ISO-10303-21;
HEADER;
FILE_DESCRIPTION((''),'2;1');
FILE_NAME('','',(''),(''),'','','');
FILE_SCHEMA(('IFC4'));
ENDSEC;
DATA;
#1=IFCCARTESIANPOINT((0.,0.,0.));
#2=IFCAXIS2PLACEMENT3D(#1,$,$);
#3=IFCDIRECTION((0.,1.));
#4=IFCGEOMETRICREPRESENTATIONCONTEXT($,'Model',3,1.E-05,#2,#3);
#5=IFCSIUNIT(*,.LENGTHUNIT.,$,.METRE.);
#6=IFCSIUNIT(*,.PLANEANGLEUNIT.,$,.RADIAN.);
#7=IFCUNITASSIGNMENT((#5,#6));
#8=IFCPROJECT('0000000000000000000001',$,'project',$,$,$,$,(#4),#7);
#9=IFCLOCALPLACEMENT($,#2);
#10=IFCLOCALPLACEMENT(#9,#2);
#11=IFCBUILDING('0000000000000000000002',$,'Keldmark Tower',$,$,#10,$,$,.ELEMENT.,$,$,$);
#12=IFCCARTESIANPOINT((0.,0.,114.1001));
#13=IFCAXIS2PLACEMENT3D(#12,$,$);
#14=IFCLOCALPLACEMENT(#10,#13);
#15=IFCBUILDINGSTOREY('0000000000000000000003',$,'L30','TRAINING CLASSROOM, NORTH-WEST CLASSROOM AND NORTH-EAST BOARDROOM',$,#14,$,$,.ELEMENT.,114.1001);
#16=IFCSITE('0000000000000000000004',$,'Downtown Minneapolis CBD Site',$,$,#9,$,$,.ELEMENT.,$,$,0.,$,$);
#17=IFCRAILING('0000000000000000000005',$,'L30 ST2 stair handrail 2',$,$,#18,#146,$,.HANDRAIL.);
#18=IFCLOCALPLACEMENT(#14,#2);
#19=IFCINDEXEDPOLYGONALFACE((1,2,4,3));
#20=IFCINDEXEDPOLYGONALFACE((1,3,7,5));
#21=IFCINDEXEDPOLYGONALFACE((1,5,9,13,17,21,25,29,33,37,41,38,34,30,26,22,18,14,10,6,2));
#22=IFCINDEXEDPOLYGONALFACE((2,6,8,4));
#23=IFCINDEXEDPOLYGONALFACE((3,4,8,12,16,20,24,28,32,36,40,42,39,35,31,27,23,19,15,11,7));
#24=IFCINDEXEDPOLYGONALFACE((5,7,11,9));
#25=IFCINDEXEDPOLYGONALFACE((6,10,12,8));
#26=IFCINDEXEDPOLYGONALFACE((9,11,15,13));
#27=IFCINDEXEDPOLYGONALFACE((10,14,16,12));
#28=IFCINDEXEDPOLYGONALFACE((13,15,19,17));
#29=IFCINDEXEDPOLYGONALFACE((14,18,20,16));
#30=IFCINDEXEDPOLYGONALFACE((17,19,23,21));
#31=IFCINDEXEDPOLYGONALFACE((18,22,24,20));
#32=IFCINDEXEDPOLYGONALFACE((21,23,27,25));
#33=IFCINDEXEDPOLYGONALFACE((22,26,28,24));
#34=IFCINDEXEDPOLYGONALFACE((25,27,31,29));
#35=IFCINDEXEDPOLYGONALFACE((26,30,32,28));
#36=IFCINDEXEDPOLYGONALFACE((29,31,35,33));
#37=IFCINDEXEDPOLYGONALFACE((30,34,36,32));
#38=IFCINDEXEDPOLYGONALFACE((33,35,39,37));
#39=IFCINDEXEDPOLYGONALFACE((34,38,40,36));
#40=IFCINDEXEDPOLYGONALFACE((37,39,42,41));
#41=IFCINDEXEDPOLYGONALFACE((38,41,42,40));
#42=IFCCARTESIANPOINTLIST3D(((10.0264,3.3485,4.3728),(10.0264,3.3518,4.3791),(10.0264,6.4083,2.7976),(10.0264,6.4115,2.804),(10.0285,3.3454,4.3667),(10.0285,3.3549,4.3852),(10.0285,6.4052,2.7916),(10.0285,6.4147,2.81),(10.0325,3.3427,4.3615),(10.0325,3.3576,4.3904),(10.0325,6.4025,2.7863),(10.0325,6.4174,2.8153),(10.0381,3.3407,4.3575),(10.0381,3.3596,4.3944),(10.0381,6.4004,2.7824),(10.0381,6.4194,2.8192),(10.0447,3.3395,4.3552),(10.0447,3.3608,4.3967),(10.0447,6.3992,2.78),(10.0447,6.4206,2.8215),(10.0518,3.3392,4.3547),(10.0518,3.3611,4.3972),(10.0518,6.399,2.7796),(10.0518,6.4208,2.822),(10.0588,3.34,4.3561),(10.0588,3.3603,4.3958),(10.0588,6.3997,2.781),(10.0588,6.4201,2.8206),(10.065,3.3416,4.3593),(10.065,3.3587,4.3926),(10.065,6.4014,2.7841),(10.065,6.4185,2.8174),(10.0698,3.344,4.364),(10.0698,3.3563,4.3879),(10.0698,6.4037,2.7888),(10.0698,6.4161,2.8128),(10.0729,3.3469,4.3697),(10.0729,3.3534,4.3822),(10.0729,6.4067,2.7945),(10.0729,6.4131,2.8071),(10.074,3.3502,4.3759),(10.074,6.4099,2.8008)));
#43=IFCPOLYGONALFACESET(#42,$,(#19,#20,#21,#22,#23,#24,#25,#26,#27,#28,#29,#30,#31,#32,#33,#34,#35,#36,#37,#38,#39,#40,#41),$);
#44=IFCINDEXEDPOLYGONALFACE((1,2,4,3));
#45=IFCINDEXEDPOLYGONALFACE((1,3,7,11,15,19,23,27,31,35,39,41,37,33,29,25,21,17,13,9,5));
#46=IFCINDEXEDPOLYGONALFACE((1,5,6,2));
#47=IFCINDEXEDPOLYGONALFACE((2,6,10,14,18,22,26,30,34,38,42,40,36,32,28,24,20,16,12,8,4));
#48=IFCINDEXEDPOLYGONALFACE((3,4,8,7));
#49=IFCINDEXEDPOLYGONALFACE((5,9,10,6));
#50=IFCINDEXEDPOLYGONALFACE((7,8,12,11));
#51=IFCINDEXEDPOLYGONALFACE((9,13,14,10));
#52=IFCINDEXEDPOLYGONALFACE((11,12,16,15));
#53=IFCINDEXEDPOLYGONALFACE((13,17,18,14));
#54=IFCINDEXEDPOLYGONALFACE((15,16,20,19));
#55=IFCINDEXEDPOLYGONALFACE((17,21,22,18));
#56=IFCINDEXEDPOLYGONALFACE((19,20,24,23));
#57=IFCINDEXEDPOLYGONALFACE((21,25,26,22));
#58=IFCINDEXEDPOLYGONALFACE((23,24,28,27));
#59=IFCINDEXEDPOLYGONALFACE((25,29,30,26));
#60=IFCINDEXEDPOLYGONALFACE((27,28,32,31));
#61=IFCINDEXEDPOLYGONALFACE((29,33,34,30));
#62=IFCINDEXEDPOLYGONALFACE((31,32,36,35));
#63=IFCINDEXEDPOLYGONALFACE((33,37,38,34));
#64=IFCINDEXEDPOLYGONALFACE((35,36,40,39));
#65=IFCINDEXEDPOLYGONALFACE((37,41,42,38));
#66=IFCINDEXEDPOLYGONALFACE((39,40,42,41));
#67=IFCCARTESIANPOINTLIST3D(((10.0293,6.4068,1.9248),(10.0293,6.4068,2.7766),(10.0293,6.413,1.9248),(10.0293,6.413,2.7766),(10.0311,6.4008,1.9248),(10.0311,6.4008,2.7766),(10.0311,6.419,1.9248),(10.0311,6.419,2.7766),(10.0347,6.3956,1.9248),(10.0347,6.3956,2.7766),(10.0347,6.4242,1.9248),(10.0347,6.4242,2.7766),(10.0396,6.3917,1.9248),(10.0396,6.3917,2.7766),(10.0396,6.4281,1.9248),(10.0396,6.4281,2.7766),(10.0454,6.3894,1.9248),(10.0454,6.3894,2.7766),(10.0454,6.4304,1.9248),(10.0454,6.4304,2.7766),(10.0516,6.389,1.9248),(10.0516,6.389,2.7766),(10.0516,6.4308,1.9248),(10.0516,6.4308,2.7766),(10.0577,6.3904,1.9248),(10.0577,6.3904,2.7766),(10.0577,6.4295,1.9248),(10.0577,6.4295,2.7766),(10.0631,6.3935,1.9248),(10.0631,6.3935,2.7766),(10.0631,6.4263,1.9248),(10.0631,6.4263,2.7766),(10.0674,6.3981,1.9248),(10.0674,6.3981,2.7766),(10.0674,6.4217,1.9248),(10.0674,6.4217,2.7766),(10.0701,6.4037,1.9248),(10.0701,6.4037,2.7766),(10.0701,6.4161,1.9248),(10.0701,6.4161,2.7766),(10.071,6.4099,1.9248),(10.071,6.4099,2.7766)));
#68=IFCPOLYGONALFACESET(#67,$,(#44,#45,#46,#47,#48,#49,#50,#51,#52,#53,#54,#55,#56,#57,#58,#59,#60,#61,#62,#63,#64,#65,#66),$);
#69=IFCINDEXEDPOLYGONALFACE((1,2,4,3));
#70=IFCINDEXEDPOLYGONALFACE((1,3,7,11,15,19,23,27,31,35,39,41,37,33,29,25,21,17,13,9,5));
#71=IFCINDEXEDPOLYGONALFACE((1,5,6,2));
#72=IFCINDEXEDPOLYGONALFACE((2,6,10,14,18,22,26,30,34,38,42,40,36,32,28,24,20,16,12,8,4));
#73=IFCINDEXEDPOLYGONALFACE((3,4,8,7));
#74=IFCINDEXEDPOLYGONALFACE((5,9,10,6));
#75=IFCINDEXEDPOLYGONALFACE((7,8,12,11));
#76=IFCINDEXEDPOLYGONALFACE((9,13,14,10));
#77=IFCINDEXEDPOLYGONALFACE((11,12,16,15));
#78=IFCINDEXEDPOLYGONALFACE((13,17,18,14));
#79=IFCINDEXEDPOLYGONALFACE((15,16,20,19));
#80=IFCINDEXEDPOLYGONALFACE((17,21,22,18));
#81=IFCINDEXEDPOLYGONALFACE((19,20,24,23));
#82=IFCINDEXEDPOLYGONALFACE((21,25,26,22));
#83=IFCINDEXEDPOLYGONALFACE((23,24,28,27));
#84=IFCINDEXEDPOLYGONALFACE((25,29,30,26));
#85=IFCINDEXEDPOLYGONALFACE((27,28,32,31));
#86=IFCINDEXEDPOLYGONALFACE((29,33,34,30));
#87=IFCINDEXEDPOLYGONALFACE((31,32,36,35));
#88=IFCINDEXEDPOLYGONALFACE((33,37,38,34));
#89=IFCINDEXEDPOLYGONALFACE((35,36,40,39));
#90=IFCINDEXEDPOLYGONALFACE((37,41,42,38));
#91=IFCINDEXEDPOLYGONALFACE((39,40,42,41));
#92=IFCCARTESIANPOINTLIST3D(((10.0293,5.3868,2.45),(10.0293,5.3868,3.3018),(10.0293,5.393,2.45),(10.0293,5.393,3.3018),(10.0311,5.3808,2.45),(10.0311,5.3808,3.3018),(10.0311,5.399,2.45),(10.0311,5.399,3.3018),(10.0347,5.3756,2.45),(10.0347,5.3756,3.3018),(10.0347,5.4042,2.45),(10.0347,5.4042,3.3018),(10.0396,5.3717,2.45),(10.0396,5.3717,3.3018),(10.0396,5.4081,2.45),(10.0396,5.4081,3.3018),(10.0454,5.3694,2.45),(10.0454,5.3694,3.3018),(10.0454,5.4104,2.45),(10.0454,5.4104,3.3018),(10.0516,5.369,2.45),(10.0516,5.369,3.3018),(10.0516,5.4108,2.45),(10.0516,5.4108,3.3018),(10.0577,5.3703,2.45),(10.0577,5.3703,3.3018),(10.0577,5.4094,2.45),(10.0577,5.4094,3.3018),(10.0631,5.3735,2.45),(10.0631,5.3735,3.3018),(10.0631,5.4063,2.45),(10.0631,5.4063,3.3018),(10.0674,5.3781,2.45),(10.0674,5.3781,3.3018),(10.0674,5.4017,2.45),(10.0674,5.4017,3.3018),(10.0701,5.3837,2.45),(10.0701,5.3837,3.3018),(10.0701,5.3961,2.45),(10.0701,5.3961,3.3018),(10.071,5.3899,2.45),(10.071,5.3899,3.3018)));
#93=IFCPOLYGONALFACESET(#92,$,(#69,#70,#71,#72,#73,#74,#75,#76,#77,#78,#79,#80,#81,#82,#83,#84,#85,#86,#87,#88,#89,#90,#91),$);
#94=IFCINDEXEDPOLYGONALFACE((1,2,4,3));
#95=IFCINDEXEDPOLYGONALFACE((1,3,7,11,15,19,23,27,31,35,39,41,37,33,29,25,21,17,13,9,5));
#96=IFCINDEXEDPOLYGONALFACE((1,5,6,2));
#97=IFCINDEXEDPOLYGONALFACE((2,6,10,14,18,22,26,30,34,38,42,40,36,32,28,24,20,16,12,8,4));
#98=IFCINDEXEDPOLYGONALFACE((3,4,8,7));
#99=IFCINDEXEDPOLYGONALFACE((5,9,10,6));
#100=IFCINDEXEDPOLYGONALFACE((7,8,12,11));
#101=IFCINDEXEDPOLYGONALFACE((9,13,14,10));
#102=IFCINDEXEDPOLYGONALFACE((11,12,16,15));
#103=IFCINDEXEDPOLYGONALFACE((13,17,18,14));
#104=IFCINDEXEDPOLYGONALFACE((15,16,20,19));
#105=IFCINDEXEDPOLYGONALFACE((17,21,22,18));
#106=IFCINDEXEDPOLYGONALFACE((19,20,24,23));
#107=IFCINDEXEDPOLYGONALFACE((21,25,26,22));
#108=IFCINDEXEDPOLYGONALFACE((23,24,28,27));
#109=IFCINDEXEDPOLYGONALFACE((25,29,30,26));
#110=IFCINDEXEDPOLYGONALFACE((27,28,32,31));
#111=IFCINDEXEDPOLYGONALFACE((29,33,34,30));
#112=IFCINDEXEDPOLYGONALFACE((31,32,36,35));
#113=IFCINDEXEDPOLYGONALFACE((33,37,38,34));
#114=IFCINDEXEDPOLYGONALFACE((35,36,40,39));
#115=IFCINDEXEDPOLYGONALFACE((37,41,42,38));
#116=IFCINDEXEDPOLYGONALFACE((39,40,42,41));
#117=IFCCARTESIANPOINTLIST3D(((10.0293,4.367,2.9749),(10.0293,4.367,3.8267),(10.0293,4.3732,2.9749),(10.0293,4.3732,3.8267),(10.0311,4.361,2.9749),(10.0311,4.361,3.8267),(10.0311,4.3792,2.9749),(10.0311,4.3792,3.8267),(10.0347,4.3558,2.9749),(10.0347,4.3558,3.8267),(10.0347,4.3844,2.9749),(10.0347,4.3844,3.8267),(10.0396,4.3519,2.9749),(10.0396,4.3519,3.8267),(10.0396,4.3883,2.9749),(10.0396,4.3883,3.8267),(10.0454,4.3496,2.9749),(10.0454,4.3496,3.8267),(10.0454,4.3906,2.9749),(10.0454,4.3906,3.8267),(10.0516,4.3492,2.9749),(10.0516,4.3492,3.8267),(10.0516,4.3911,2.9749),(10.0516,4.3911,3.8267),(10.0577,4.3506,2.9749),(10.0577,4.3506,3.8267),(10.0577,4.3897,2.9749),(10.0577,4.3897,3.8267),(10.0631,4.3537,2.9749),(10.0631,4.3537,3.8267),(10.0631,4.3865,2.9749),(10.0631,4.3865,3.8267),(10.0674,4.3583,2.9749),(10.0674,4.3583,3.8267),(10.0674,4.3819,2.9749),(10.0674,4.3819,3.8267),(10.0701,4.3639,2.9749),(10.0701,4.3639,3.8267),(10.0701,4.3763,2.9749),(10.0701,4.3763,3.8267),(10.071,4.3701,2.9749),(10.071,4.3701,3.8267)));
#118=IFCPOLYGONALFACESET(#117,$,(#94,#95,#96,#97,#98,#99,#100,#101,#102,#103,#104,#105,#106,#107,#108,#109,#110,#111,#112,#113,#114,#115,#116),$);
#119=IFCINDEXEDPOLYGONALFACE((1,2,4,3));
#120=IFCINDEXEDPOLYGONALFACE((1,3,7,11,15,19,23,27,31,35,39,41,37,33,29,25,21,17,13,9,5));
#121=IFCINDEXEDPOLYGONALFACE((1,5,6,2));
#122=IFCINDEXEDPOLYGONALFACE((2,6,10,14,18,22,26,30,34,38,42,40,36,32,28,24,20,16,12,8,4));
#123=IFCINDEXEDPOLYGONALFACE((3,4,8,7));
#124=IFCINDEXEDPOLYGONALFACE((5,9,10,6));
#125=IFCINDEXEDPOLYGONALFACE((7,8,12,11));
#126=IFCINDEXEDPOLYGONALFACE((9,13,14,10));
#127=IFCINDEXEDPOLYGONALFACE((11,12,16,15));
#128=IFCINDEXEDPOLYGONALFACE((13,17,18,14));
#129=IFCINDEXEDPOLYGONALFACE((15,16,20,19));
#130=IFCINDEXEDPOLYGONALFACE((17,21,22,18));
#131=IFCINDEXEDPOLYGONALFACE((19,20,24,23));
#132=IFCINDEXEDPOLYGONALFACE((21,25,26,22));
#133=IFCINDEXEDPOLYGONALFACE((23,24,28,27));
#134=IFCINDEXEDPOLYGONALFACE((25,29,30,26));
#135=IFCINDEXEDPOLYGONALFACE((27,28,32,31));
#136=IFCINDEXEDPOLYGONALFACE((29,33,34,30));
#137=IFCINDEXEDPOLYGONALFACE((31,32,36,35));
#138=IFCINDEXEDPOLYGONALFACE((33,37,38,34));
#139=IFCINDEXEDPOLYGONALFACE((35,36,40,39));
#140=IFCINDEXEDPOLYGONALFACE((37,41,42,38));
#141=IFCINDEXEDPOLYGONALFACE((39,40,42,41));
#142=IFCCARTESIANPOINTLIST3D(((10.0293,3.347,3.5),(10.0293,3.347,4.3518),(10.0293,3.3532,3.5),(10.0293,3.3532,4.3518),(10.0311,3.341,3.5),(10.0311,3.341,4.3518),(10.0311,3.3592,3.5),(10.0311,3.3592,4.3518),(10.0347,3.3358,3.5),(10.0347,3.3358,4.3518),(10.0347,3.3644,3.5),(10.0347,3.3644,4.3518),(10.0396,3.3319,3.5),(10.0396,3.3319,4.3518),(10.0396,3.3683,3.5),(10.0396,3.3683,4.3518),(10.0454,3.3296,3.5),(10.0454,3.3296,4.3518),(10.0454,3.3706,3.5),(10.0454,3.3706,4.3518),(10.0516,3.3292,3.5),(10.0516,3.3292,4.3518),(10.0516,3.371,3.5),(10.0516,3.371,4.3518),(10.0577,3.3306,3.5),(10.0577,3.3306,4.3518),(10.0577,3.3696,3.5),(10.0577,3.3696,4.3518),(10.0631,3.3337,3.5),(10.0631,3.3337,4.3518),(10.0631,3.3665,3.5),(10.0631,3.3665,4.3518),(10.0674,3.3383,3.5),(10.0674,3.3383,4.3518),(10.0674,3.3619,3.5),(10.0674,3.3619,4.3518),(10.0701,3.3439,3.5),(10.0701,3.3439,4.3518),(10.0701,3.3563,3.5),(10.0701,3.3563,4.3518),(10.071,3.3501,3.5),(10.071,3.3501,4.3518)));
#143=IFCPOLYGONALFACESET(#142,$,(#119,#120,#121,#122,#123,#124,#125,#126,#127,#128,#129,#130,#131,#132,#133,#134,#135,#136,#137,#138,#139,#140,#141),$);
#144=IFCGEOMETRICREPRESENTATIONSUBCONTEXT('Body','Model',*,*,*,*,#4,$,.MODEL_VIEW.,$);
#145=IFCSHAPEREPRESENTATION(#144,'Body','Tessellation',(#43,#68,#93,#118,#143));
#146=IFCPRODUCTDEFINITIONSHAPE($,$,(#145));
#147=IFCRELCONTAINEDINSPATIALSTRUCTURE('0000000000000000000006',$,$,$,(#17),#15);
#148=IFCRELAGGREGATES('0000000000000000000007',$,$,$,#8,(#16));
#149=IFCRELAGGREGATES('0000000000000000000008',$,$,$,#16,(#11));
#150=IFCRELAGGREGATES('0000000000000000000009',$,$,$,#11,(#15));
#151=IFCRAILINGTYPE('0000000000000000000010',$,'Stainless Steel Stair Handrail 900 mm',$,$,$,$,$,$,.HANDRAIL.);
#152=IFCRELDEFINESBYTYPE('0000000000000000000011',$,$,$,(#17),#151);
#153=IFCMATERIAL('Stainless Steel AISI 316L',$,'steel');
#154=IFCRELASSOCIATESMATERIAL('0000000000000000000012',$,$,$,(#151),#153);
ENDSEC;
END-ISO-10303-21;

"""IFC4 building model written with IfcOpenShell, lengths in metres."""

from ifc_helpers import new_model, si_unit, direction, frame, origin, origin_2d, place, context, subcontext, project, spatial, circle, extrude, material, type_object, element, save


model = new_model("IFC4")

# Units and contexts
model_context = context("Model", 3, precision=1e-05, world=origin(), true_north=direction((0.0, 1.0)))
body_context = subcontext(model_context, "Body", "Model", "MODEL_VIEW")
ifc_project = project(units=[si_unit("LENGTHUNIT", "METRE"), si_unit("PLANEANGLEUNIT", "RADIAN")], contexts=[model_context])

# Site, building, storey
site_placement = place(None, origin())
site = spatial("IfcSite", under=ifc_project, at=site_placement, Name="Downtown Minneapolis CBD Site", CompositionType="ELEMENT", RefElevation=0.0)
building_placement = place(site_placement, origin())
building = spatial("IfcBuilding", under=site, at=building_placement, Name="Keldmark Tower", CompositionType="ELEMENT")
storey_placement = place(building_placement, frame((0.0, 0.0, 114.1001)))
storey = spatial("IfcBuildingStorey", under=building, at=storey_placement, Name="L30", Description="TRAINING CLASSROOM, NORTH-WEST CLASSROOM AND NORTH-EAST BOARDROOM", CompositionType="ELEMENT", Elevation=114.1001)

# Railing
ifc_material_1 = material(Name="Stainless Steel AISI 316L", Category="steel")
railing_type_1 = type_object("IfcRailingType", Name="Stainless Steel Stair Handrail 900 mm", PredefinedType="HANDRAIL", material=ifc_material_1)
railing_1_placement = place(storey_placement, frame((10.05, 6.4099, 1.9248)))
element("IfcRailing", 1, at=railing_1_placement, inside=storey, type_object=railing_type_1, Name="L30 ST2 stair handrail 2", PredefinedType="HANDRAIL", context=body_context, shape_type="SweptSolid", body=[
    extrude(circle(Radius=0.0239, at=origin_2d()), frame((0.0, 0.0, 0.876), z_axis=(0.0, -0.889101, 0.45771), x_axis=(1.0, 0.0, 0.0)), (0.0, 0.0, 1.0), 3.4414),
    extrude(circle(Radius=0.021, at=origin_2d()), origin(), (0.0, 0.0, 1.0), 0.8518),
    extrude(circle(Radius=0.021, at=origin_2d()), frame((0.0, -1.02, 0.5251)), (0.0, 0.0, 1.0), 0.8518),
    extrude(circle(Radius=0.021, at=origin_2d()), frame((0.0, -2.0398, 1.05)), (0.0, 0.0, 1.0), 0.8518),
    extrude(circle(Radius=0.021, at=origin_2d()), frame((0.0, -3.0598, 1.5752)), (0.0, 0.0, 1.0), 0.8518),
])

save(model, "model.ifc")
